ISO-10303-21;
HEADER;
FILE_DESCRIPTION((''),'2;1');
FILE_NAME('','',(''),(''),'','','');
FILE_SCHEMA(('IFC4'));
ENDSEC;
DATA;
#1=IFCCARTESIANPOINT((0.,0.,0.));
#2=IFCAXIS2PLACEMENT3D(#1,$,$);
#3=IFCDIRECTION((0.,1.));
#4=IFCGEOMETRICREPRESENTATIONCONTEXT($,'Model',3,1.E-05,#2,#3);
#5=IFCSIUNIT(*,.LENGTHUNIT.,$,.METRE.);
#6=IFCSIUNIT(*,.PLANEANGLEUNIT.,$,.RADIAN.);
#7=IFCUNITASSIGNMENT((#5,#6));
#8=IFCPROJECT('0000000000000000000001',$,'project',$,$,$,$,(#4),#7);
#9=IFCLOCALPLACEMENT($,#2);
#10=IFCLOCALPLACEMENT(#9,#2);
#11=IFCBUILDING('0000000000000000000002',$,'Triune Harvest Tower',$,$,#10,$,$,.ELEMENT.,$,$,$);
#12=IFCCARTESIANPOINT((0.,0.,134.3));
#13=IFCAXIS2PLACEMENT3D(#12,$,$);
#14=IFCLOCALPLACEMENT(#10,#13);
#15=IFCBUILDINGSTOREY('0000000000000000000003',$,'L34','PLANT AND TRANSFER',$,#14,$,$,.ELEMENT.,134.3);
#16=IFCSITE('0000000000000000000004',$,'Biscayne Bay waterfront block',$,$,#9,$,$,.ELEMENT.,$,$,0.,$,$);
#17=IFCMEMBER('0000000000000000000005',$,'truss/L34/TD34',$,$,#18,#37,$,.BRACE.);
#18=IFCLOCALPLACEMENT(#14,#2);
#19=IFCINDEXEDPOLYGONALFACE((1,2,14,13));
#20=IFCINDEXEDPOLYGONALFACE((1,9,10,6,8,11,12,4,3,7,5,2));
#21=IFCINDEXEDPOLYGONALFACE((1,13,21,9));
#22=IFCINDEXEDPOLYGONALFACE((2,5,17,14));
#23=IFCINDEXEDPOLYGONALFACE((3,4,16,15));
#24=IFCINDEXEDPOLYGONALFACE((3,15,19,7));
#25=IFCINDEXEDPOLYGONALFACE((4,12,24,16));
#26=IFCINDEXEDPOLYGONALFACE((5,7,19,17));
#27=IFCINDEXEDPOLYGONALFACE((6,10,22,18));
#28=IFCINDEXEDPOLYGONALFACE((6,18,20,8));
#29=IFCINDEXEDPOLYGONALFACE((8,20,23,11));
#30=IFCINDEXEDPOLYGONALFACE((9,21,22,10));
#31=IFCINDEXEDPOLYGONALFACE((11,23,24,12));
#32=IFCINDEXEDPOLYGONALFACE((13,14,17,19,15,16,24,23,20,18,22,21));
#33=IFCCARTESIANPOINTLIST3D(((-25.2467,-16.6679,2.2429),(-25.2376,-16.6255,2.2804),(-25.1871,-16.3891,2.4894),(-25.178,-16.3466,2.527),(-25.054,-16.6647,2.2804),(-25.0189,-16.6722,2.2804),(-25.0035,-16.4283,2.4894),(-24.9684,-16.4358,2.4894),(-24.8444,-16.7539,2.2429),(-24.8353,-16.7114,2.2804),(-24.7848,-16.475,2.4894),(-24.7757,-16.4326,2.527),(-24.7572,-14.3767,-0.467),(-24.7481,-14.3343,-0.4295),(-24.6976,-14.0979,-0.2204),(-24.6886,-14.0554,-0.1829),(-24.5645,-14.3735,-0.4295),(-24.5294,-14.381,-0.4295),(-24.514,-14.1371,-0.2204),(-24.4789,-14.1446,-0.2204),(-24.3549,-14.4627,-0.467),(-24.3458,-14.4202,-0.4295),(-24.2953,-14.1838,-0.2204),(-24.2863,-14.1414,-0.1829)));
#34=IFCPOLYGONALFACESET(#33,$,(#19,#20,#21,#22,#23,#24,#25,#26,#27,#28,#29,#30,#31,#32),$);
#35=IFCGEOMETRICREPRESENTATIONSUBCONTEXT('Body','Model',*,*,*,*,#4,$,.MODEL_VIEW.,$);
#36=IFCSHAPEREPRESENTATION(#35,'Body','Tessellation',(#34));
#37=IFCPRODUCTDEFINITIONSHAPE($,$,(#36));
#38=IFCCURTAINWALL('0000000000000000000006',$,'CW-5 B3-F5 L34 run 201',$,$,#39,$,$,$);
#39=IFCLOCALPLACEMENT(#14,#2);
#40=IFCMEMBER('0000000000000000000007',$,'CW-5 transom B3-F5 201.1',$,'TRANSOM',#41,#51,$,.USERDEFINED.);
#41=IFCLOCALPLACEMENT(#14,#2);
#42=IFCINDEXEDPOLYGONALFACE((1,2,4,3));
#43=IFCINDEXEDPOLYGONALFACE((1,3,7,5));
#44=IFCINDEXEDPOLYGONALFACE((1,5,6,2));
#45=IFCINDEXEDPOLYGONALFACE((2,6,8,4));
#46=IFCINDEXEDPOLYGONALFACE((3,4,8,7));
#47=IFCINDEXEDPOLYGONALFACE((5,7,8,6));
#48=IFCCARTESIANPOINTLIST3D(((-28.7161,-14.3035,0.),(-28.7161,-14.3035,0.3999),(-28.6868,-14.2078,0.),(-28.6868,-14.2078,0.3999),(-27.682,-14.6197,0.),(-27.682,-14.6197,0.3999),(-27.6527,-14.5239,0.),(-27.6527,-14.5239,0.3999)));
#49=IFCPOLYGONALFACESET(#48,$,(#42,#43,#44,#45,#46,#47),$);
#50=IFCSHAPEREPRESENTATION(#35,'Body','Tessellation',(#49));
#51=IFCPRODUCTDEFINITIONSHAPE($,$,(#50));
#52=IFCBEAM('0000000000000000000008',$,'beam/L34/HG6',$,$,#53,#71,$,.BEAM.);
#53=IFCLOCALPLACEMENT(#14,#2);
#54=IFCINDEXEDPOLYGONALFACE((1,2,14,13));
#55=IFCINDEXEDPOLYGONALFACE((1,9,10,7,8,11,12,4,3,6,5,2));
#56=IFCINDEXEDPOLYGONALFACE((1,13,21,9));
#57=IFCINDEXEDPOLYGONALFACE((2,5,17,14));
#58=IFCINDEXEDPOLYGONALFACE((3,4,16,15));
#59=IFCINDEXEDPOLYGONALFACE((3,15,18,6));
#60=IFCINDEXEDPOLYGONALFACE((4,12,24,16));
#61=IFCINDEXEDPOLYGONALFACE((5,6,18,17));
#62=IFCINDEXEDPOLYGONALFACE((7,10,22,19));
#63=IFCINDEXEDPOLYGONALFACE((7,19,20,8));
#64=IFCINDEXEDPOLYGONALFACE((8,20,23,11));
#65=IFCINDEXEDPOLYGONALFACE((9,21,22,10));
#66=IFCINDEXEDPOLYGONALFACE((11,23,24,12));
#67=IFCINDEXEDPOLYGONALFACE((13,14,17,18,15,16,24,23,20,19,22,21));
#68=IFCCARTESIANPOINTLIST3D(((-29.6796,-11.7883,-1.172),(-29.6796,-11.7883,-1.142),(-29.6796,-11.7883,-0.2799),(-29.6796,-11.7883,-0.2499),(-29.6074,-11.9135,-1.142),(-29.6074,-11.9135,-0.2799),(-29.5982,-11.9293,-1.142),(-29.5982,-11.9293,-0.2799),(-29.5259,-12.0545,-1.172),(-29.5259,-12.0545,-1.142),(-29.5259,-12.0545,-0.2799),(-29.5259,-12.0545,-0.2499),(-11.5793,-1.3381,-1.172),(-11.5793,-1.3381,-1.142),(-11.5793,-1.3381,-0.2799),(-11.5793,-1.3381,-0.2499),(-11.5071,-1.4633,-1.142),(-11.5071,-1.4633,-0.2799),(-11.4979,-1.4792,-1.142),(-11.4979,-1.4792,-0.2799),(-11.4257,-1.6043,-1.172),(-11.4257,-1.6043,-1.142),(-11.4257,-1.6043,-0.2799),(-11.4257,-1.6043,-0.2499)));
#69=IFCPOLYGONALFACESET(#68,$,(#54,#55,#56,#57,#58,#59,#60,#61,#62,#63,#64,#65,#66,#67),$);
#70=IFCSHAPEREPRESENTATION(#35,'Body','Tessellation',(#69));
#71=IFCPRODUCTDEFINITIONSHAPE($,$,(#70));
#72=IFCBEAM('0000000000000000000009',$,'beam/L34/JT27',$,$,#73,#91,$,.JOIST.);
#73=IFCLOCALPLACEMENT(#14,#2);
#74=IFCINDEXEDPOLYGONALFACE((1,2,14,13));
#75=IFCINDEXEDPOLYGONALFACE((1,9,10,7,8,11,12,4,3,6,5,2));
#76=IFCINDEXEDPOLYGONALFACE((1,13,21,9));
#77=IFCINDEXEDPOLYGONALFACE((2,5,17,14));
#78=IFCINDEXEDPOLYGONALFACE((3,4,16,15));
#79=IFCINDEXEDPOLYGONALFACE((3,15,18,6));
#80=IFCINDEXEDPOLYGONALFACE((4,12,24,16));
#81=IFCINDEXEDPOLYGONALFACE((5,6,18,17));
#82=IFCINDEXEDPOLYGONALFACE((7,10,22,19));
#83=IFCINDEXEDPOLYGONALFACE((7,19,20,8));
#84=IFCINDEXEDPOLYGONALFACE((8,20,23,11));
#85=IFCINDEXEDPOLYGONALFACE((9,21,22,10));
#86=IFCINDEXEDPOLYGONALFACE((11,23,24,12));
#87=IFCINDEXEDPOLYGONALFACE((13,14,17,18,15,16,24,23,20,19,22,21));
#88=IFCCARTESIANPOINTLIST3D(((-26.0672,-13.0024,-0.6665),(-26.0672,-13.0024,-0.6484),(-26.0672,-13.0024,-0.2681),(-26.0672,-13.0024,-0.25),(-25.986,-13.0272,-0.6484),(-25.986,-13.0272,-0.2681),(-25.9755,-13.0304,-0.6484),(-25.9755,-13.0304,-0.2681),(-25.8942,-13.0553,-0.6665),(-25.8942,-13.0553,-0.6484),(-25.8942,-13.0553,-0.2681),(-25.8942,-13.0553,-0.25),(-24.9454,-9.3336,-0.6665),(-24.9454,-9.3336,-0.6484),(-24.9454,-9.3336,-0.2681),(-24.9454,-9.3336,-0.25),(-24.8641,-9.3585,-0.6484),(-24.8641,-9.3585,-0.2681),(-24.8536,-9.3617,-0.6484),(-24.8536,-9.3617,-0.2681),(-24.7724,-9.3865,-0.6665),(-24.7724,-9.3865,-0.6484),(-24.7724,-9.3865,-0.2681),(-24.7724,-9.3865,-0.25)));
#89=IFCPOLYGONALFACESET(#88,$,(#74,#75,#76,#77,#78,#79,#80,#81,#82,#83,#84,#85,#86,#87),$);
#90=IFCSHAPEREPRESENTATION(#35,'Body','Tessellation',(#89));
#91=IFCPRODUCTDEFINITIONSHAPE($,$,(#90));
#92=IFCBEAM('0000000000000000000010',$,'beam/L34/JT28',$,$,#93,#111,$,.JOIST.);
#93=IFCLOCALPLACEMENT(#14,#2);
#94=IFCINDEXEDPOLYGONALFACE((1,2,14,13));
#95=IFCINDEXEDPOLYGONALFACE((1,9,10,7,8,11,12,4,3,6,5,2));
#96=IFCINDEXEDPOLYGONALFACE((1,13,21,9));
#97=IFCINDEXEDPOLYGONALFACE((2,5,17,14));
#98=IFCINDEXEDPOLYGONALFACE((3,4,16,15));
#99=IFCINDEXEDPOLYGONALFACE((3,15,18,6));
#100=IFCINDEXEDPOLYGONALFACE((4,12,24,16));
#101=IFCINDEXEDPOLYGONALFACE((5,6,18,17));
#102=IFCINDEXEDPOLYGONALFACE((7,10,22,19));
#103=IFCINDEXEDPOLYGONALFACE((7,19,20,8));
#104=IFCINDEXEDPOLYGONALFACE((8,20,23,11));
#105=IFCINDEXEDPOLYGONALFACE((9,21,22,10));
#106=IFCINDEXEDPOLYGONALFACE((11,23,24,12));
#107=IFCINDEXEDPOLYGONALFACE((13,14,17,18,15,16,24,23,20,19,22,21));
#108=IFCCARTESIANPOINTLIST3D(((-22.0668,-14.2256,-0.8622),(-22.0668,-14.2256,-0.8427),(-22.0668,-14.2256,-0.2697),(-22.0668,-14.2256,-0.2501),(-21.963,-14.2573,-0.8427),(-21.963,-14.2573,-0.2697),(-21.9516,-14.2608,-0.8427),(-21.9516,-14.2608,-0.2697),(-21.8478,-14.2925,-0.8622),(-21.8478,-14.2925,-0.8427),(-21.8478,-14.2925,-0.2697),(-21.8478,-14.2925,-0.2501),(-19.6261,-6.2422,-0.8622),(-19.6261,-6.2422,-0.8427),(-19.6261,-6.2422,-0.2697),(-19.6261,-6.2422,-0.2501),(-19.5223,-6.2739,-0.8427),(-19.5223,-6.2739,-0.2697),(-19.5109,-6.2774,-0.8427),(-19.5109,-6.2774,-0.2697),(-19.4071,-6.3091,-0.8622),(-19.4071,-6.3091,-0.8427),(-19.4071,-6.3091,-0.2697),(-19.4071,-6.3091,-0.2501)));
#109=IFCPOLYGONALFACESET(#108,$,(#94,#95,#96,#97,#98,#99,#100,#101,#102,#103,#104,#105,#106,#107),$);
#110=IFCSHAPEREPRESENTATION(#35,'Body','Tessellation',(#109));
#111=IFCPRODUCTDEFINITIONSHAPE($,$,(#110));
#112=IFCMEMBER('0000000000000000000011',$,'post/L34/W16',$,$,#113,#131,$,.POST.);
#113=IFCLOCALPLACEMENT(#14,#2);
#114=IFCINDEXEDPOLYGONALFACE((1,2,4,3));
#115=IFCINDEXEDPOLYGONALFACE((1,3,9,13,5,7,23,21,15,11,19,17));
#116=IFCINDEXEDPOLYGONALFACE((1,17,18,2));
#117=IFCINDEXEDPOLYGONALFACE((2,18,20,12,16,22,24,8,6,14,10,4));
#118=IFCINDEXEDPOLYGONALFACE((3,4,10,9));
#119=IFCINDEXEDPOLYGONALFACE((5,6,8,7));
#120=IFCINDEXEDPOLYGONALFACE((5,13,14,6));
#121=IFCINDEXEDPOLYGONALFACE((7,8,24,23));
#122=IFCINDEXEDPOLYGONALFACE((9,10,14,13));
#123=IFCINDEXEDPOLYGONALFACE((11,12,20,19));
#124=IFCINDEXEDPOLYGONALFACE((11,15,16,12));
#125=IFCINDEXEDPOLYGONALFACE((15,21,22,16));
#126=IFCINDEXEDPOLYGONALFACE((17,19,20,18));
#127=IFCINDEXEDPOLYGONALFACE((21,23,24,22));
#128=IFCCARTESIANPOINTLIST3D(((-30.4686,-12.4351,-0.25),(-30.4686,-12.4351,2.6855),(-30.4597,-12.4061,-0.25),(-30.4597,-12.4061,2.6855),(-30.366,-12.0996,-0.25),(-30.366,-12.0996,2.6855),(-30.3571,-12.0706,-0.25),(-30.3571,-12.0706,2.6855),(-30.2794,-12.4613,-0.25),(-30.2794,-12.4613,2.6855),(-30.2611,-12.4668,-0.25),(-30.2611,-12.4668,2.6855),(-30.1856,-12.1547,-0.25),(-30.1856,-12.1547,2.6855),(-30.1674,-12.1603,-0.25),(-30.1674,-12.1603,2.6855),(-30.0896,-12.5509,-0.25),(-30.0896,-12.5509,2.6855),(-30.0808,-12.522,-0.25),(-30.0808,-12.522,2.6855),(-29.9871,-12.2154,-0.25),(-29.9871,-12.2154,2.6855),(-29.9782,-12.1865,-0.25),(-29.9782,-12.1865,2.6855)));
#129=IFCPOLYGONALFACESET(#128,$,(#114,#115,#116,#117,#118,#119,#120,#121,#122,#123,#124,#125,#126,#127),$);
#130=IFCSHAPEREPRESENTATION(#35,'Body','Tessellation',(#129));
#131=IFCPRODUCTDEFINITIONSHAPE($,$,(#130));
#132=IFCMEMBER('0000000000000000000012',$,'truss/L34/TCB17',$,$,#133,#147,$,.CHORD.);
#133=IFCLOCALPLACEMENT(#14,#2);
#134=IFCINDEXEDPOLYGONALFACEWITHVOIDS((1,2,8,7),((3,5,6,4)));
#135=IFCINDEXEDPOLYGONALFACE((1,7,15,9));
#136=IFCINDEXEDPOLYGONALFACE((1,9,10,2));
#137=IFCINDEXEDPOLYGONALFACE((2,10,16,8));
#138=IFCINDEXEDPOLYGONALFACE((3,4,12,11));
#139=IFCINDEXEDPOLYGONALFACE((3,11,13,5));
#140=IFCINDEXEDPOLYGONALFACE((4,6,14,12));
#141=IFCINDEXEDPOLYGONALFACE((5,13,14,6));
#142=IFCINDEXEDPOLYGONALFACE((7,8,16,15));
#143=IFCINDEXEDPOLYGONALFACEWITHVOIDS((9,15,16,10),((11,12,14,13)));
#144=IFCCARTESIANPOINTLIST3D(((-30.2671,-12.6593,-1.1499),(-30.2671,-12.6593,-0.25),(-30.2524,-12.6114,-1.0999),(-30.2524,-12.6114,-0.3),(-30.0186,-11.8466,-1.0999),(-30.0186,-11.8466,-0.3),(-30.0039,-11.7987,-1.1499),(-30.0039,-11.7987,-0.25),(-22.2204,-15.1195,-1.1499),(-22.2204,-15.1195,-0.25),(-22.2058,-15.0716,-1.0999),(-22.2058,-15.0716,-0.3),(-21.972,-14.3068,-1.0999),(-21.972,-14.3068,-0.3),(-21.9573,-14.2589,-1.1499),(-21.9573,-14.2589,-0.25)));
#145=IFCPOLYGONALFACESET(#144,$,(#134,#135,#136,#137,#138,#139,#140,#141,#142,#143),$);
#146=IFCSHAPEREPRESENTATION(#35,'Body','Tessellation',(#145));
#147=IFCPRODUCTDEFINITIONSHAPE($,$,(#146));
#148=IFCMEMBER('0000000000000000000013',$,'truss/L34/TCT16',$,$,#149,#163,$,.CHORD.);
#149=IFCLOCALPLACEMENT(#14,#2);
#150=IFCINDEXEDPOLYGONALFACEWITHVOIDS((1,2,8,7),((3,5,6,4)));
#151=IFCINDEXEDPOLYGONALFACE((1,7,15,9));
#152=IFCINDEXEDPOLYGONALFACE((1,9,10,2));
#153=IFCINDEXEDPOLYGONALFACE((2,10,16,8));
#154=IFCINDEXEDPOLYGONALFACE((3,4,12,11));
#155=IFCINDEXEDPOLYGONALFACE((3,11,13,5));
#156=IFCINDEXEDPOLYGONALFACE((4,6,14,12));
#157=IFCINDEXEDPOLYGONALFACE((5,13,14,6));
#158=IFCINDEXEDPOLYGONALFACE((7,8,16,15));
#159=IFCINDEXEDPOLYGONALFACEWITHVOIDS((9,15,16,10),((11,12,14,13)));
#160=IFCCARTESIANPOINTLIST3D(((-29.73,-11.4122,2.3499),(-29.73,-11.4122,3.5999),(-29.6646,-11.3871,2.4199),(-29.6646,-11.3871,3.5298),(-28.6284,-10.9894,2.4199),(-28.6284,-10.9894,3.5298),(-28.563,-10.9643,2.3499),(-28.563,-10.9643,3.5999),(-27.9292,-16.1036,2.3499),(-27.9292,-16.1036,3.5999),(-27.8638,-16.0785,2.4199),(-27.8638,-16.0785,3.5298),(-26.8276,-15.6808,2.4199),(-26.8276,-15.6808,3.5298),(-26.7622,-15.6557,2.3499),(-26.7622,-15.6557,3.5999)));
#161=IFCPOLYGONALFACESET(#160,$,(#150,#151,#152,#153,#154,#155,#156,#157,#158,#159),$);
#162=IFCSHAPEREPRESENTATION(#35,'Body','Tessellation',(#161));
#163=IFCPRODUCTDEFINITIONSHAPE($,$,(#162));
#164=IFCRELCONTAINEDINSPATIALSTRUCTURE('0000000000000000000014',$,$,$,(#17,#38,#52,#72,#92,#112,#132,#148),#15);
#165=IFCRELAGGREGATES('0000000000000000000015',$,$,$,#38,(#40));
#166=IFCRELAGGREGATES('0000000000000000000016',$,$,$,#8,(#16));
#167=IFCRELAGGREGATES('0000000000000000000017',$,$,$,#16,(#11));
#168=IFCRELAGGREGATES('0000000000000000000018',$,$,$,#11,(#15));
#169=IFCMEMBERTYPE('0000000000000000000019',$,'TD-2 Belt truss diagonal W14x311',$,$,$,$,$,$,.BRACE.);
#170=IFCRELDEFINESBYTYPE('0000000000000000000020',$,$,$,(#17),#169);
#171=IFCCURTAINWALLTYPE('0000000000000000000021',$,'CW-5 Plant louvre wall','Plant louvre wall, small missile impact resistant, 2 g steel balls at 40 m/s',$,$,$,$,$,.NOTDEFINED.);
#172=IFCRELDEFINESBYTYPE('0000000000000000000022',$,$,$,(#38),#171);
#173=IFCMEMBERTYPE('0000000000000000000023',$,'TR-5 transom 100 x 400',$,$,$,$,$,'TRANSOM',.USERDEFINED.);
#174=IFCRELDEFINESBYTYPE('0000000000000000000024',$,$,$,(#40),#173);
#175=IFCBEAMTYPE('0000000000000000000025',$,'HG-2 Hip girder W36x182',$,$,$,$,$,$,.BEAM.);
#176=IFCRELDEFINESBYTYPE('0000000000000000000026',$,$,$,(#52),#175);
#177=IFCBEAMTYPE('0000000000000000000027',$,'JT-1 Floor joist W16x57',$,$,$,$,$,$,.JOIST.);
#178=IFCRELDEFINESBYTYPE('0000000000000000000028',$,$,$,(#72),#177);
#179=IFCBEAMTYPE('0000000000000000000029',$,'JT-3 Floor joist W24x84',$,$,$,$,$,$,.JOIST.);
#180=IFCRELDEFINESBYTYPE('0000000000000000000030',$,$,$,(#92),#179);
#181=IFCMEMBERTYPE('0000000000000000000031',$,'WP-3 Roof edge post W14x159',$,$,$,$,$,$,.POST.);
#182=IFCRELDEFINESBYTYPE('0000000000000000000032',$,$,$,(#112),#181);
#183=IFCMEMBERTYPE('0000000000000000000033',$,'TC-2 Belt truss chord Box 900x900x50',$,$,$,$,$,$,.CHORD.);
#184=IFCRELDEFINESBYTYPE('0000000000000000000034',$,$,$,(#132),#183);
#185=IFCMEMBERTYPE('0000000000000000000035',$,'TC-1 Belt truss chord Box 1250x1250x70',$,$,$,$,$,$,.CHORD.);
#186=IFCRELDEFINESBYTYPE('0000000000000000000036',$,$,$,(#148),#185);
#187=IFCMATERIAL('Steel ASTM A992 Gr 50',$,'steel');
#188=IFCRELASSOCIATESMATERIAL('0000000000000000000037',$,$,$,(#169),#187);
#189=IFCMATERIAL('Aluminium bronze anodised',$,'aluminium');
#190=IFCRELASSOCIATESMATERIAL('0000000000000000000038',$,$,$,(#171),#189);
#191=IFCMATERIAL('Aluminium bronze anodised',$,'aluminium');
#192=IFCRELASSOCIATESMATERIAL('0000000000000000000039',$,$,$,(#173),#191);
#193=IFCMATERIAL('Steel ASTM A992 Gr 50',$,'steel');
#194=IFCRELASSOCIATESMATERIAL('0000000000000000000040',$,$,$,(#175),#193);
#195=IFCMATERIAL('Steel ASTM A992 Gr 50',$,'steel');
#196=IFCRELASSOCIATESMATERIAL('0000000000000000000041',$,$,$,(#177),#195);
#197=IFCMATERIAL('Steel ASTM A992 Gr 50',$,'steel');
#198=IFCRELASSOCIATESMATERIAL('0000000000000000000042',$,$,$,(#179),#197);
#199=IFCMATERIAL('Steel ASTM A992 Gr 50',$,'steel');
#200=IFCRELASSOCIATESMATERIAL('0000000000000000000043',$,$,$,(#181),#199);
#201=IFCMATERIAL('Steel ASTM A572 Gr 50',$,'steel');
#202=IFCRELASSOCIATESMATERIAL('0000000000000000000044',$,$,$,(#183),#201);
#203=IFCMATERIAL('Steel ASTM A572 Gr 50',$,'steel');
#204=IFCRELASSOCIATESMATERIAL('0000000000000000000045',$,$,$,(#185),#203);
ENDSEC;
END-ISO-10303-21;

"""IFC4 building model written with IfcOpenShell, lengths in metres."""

from ifc_helpers import new_model, si_unit, direction, frame, origin, origin_2d, place, context, subcontext, project, spatial, rectangle, hollow_rectangle, i_section, extrude, source, transform, mapped, material, material_profile, profile_set, type_object, element, aggregate, save


model = new_model("IFC4")

# Units and contexts
model_context = context("Model", 3, precision=1e-05, world=origin(), true_north=direction((0.0, 1.0)))
body_context = subcontext(model_context, "Body", "Model", "MODEL_VIEW")
ifc_project = project(units=[si_unit("LENGTHUNIT", "METRE"), si_unit("PLANEANGLEUNIT", "RADIAN")], contexts=[model_context])

# Site, building, storey
site_placement = place(None, origin())
site = spatial("IfcSite", under=ifc_project, at=site_placement, Name="Biscayne Bay waterfront block", CompositionType="ELEMENT", RefElevation=0.0)
building_placement = place(site_placement, origin())
building = spatial("IfcBuilding", under=site, at=building_placement, Name="Triune Harvest Tower", CompositionType="ELEMENT")
storey_placement = place(building_placement, frame((0.0, 0.0, 134.3)))
storey = spatial("IfcBuildingStorey", under=building, at=storey_placement, Name="L34", Description="PLANT AND TRANSFER", CompositionType="ELEMENT", Elevation=134.3)

# Member
ifc_material_1 = material(Name="Steel ASTM A992 Gr 50", Category="steel")
ifc_material_profile_1 = material_profile(ifc_material_1, i_section(OverallWidth=0.4114, OverallDepth=0.4343, WebThickness=0.0359, FlangeThickness=0.0574, at=origin_2d()), Name="W14x311")
ifc_profile_set_1 = profile_set([ifc_material_profile_1], Name="Steel ASTM A992 Gr 50")
member_type_1 = type_object("IfcMemberType", Name="TD-2 Belt truss diagonal W14x311", PredefinedType="BRACE", material=ifc_profile_set_1)
member_1_placement = place(storey_placement, frame((-24.5217, -14.259, -0.325), z_axis=(-0.136642, -0.639593, 0.756472), x_axis=(0.977932, -0.208924, 0.0)))
element("IfcMember", 1, at=member_1_placement, inside=storey, type_object=member_type_1, Name="truss/L34/TD34", PredefinedType="BRACE", context=body_context, shape_type="SweptSolid", body=[
    extrude(i_section(OverallWidth=0.4114, OverallDepth=0.4343, WebThickness=0.0359, FlangeThickness=0.0574, at=origin_2d()), origin(), (0.0, 0.0, 1.0), 3.5823),
])

# Curtain wall, member
ifc_material_2 = material(Name="Aluminium bronze anodised", Category="aluminium")
curtain_wall_type = type_object("IfcCurtainWallType", Name="CW-5 Plant louvre wall", Description="Plant louvre wall, small missile impact resistant, 2 g steel balls at 40 m/s", PredefinedType="NOTDEFINED", material=ifc_material_2)
curtain_wall_1_placement = place(storey_placement, origin())
curtain_wall_1 = element("IfcCurtainWall", 2, at=curtain_wall_1_placement, inside=storey, type_object=curtain_wall_type, Name="CW-5 B3-F5 L34 run 201")
ifc_material_3 = material(Name="Aluminium bronze anodised", Category="aluminium")
ifc_material_profile_2 = material_profile(ifc_material_3, rectangle(XDim=0.1001, YDim=0.3999, at=origin_2d()), Name="TR-5 transom 100 x 400")
ifc_profile_set_2 = profile_set([ifc_material_profile_2], Name="Aluminium bronze anodised")
member_type_2 = type_object("IfcMemberType", Name="TR-5 transom 100 x 400", ElementType="TRANSOM", PredefinedType="USERDEFINED", material=ifc_profile_set_2)
member_2_placement = place(storey_placement, frame((-28.7014, -14.2556, 0.2), z_axis=(0.95629, -0.292419, 0.0), x_axis=(0.292419, 0.95629, 0.0)))
member_2 = element("IfcMember", 3, at=member_2_placement, type_object=member_type_2, Name="CW-5 transom B3-F5 201.1", ObjectType="TRANSOM", PredefinedType="USERDEFINED", context=body_context, shape_type="SweptSolid", body=[
    extrude(rectangle(XDim=0.1001, YDim=0.3999, at=origin_2d()), origin(), (0.0, 0.0, 1.0), 1.0813),
])

# Beams
ifc_material_4 = material(Name="Steel ASTM A992 Gr 50", Category="steel")
ifc_material_profile_3 = material_profile(ifc_material_4, i_section(OverallWidth=0.3074, OverallDepth=0.9221, WebThickness=0.0183, FlangeThickness=0.03, at=origin_2d()), Name="W36x182")
ifc_profile_set_3 = profile_set([ifc_material_profile_3], Name="Steel ASTM A992 Gr 50")
beam_type_1 = type_object("IfcBeamType", Name="HG-2 Hip girder W36x182", PredefinedType="BEAM", material=ifc_profile_set_3)
shared_shape_1 = source(origin(), body_context, "Body", "SweptSolid", [
    extrude(i_section(OverallWidth=0.3074, OverallDepth=0.9221, WebThickness=0.0183, FlangeThickness=0.03, at=origin_2d()), origin(), (0.0, 0.0, 1.0), 20.9004),
])
beam_1_placement = place(storey_placement, frame((-29.6028, -11.9214, -0.7109), z_axis=(0.866026, 0.499998, 0.0), x_axis=(-0.499998, 0.866026, 0.0)))
element("IfcBeam", 4, at=beam_1_placement, inside=storey, type_object=beam_type_1, Name="beam/L34/HG6", PredefinedType="BEAM", context=body_context, shape_type="MappedRepresentation", body=[
    mapped(shared_shape_1, transform((0.0, 0.0, 0.0), scale=1.0)),
])
ifc_material_5 = material(Name="Steel ASTM A992 Gr 50", Category="steel")
ifc_material_profile_4 = material_profile(ifc_material_5, i_section(OverallWidth=0.1809, OverallDepth=0.4165, WebThickness=0.011, FlangeThickness=0.0181, at=origin_2d()), Name="W16x57")
ifc_profile_set_4 = profile_set([ifc_material_profile_4], Name="Steel ASTM A992 Gr 50")
beam_type_2 = type_object("IfcBeamType", Name="JT-1 Floor joist W16x57", PredefinedType="JOIST", material=ifc_profile_set_4)
shared_shape_2 = source(origin(), body_context, "Body", "SweptSolid", [
    extrude(i_section(OverallWidth=0.1809, OverallDepth=0.4165, WebThickness=0.011, FlangeThickness=0.0181, at=origin_2d()), origin(), (0.0, 0.0, 1.0), 3.8364),
])
beam_2_placement = place(storey_placement, frame((-25.9807, -13.0288, -0.4583), z_axis=(0.292417, 0.956291, 0.0), x_axis=(-0.956291, 0.292417, 0.0)))
element("IfcBeam", 5, at=beam_2_placement, inside=storey, type_object=beam_type_2, Name="beam/L34/JT27", PredefinedType="JOIST", context=body_context, shape_type="MappedRepresentation", body=[
    mapped(shared_shape_2, transform((0.0, 0.0, 0.0), scale=1.0)),
])
ifc_material_6 = material(Name="Steel ASTM A992 Gr 50", Category="steel")
ifc_material_profile_5 = material_profile(ifc_material_6, i_section(OverallWidth=0.229, OverallDepth=0.6121, WebThickness=0.012, FlangeThickness=0.0195, at=origin_2d()), Name="W24x84")
ifc_profile_set_5 = profile_set([ifc_material_profile_5], Name="Steel ASTM A992 Gr 50")
beam_type_3 = type_object("IfcBeamType", Name="JT-3 Floor joist W24x84", PredefinedType="JOIST", material=ifc_profile_set_5)
shared_shape_3 = source(origin(), body_context, "Body", "SweptSolid", [
    extrude(i_section(OverallWidth=0.229, OverallDepth=0.6121, WebThickness=0.012, FlangeThickness=0.0195, at=origin_2d()), origin(), (0.0, 0.0, 1.0), 8.3481),
])
beam_3_placement = place(storey_placement, frame((-21.9573, -14.259, -0.5562), z_axis=(0.292361, 0.956308, 0.0), x_axis=(-0.956308, 0.292361, 0.0)))
element("IfcBeam", 6, at=beam_3_placement, inside=storey, type_object=beam_type_3, Name="beam/L34/JT28", PredefinedType="JOIST", context=body_context, shape_type="MappedRepresentation", body=[
    mapped(shared_shape_3, transform((0.0, 0.0, 0.0), scale=1.0)),
])

# Members
ifc_material_7 = material(Name="Steel ASTM A992 Gr 50", Category="steel")
ifc_material_profile_6 = material_profile(ifc_material_7, i_section(OverallWidth=0.3962, OverallDepth=0.3811, WebThickness=0.019, FlangeThickness=0.0303, at=origin_2d()), Name="W14x159")
ifc_profile_set_6 = profile_set([ifc_material_profile_6], Name="Steel ASTM A992 Gr 50")
member_type_3 = type_object("IfcMemberType", Name="WP-3 Roof edge post W14x159", PredefinedType="POST", material=ifc_profile_set_6)
shared_shape_4 = source(origin(), body_context, "Body", "SweptSolid", [
    extrude(i_section(OverallWidth=0.3962, OverallDepth=0.3811, WebThickness=0.019, FlangeThickness=0.0303, at=origin_2d()), origin(), (0.0, 0.0, 1.0), 2.9355),
])
member_3_placement = place(storey_placement, frame((-30.2234, -12.3108, -0.25), z_axis=(0.0, 0.0, 1.0), x_axis=(0.956305, -0.292372, 0.0)))
element("IfcMember", 7, at=member_3_placement, inside=storey, type_object=member_type_3, Name="post/L34/W16", PredefinedType="POST", context=body_context, shape_type="MappedRepresentation", body=[
    mapped(shared_shape_4, transform((0.0, 0.0, 0.0), scale=1.0)),
])
ifc_material_8 = material(Name="Steel ASTM A572 Gr 50", Category="steel")
ifc_material_profile_7 = material_profile(ifc_material_8, hollow_rectangle(XDim=0.8999, YDim=0.8999, WallThickness=0.05, at=origin_2d()), Name="Box 900x900x50")
ifc_profile_set_7 = profile_set([ifc_material_profile_7], Name="Steel ASTM A572 Gr 50")
member_type_4 = type_object("IfcMemberType", Name="TC-2 Belt truss chord Box 900x900x50", PredefinedType="CHORD", material=ifc_profile_set_7)
shared_shape_5 = source(origin(), body_context, "Body", "SweptSolid", [
    extrude(hollow_rectangle(XDim=0.8999, YDim=0.8999, WallThickness=0.05, at=origin_2d()), origin(), (0.0, 0.0, 1.0), 8.4143),
])
member_4_placement = place(storey_placement, frame((-30.1355, -12.229, -0.7), z_axis=(0.956301, -0.292383, 0.0), x_axis=(0.292383, 0.956301, 0.0)))
element("IfcMember", 8, at=member_4_placement, inside=storey, type_object=member_type_4, Name="truss/L34/TCB17", PredefinedType="CHORD", context=body_context, shape_type="MappedRepresentation", body=[
    mapped(shared_shape_5, transform((0.0, 0.0, 0.0), scale=1.0)),
])
ifc_material_9 = material(Name="Steel ASTM A572 Gr 50", Category="steel")
ifc_material_profile_8 = material_profile(ifc_material_9, hollow_rectangle(XDim=1.25, YDim=1.25, WallThickness=0.0701, at=origin_2d()), Name="Box 1250x1250x70")
ifc_profile_set_8 = profile_set([ifc_material_profile_8], Name="Steel ASTM A572 Gr 50")
member_type_5 = type_object("IfcMemberType", Name="TC-1 Belt truss chord Box 1250x1250x70", PredefinedType="CHORD", material=ifc_profile_set_8)
shared_shape_6 = source(origin(), body_context, "Body", "SweptSolid", [
    extrude(hollow_rectangle(XDim=1.25, YDim=1.25, WallThickness=0.0701, at=origin_2d()), origin(), (0.0, 0.0, 1.0), 5.0251),
])
member_5_placement = place(storey_placement, frame((-29.1465, -11.1882, 2.9749), z_axis=(0.358354, -0.933586, 0.0), x_axis=(0.933586, 0.358354, 0.0)))
element("IfcMember", 9, at=member_5_placement, inside=storey, type_object=member_type_5, Name="truss/L34/TCT16", PredefinedType="CHORD", context=body_context, shape_type="MappedRepresentation", body=[
    mapped(shared_shape_6, transform((0.0, 0.0, 0.0), scale=1.0)),
])

aggregate(curtain_wall_1, [member_2])

save(model, "model.ifc")
